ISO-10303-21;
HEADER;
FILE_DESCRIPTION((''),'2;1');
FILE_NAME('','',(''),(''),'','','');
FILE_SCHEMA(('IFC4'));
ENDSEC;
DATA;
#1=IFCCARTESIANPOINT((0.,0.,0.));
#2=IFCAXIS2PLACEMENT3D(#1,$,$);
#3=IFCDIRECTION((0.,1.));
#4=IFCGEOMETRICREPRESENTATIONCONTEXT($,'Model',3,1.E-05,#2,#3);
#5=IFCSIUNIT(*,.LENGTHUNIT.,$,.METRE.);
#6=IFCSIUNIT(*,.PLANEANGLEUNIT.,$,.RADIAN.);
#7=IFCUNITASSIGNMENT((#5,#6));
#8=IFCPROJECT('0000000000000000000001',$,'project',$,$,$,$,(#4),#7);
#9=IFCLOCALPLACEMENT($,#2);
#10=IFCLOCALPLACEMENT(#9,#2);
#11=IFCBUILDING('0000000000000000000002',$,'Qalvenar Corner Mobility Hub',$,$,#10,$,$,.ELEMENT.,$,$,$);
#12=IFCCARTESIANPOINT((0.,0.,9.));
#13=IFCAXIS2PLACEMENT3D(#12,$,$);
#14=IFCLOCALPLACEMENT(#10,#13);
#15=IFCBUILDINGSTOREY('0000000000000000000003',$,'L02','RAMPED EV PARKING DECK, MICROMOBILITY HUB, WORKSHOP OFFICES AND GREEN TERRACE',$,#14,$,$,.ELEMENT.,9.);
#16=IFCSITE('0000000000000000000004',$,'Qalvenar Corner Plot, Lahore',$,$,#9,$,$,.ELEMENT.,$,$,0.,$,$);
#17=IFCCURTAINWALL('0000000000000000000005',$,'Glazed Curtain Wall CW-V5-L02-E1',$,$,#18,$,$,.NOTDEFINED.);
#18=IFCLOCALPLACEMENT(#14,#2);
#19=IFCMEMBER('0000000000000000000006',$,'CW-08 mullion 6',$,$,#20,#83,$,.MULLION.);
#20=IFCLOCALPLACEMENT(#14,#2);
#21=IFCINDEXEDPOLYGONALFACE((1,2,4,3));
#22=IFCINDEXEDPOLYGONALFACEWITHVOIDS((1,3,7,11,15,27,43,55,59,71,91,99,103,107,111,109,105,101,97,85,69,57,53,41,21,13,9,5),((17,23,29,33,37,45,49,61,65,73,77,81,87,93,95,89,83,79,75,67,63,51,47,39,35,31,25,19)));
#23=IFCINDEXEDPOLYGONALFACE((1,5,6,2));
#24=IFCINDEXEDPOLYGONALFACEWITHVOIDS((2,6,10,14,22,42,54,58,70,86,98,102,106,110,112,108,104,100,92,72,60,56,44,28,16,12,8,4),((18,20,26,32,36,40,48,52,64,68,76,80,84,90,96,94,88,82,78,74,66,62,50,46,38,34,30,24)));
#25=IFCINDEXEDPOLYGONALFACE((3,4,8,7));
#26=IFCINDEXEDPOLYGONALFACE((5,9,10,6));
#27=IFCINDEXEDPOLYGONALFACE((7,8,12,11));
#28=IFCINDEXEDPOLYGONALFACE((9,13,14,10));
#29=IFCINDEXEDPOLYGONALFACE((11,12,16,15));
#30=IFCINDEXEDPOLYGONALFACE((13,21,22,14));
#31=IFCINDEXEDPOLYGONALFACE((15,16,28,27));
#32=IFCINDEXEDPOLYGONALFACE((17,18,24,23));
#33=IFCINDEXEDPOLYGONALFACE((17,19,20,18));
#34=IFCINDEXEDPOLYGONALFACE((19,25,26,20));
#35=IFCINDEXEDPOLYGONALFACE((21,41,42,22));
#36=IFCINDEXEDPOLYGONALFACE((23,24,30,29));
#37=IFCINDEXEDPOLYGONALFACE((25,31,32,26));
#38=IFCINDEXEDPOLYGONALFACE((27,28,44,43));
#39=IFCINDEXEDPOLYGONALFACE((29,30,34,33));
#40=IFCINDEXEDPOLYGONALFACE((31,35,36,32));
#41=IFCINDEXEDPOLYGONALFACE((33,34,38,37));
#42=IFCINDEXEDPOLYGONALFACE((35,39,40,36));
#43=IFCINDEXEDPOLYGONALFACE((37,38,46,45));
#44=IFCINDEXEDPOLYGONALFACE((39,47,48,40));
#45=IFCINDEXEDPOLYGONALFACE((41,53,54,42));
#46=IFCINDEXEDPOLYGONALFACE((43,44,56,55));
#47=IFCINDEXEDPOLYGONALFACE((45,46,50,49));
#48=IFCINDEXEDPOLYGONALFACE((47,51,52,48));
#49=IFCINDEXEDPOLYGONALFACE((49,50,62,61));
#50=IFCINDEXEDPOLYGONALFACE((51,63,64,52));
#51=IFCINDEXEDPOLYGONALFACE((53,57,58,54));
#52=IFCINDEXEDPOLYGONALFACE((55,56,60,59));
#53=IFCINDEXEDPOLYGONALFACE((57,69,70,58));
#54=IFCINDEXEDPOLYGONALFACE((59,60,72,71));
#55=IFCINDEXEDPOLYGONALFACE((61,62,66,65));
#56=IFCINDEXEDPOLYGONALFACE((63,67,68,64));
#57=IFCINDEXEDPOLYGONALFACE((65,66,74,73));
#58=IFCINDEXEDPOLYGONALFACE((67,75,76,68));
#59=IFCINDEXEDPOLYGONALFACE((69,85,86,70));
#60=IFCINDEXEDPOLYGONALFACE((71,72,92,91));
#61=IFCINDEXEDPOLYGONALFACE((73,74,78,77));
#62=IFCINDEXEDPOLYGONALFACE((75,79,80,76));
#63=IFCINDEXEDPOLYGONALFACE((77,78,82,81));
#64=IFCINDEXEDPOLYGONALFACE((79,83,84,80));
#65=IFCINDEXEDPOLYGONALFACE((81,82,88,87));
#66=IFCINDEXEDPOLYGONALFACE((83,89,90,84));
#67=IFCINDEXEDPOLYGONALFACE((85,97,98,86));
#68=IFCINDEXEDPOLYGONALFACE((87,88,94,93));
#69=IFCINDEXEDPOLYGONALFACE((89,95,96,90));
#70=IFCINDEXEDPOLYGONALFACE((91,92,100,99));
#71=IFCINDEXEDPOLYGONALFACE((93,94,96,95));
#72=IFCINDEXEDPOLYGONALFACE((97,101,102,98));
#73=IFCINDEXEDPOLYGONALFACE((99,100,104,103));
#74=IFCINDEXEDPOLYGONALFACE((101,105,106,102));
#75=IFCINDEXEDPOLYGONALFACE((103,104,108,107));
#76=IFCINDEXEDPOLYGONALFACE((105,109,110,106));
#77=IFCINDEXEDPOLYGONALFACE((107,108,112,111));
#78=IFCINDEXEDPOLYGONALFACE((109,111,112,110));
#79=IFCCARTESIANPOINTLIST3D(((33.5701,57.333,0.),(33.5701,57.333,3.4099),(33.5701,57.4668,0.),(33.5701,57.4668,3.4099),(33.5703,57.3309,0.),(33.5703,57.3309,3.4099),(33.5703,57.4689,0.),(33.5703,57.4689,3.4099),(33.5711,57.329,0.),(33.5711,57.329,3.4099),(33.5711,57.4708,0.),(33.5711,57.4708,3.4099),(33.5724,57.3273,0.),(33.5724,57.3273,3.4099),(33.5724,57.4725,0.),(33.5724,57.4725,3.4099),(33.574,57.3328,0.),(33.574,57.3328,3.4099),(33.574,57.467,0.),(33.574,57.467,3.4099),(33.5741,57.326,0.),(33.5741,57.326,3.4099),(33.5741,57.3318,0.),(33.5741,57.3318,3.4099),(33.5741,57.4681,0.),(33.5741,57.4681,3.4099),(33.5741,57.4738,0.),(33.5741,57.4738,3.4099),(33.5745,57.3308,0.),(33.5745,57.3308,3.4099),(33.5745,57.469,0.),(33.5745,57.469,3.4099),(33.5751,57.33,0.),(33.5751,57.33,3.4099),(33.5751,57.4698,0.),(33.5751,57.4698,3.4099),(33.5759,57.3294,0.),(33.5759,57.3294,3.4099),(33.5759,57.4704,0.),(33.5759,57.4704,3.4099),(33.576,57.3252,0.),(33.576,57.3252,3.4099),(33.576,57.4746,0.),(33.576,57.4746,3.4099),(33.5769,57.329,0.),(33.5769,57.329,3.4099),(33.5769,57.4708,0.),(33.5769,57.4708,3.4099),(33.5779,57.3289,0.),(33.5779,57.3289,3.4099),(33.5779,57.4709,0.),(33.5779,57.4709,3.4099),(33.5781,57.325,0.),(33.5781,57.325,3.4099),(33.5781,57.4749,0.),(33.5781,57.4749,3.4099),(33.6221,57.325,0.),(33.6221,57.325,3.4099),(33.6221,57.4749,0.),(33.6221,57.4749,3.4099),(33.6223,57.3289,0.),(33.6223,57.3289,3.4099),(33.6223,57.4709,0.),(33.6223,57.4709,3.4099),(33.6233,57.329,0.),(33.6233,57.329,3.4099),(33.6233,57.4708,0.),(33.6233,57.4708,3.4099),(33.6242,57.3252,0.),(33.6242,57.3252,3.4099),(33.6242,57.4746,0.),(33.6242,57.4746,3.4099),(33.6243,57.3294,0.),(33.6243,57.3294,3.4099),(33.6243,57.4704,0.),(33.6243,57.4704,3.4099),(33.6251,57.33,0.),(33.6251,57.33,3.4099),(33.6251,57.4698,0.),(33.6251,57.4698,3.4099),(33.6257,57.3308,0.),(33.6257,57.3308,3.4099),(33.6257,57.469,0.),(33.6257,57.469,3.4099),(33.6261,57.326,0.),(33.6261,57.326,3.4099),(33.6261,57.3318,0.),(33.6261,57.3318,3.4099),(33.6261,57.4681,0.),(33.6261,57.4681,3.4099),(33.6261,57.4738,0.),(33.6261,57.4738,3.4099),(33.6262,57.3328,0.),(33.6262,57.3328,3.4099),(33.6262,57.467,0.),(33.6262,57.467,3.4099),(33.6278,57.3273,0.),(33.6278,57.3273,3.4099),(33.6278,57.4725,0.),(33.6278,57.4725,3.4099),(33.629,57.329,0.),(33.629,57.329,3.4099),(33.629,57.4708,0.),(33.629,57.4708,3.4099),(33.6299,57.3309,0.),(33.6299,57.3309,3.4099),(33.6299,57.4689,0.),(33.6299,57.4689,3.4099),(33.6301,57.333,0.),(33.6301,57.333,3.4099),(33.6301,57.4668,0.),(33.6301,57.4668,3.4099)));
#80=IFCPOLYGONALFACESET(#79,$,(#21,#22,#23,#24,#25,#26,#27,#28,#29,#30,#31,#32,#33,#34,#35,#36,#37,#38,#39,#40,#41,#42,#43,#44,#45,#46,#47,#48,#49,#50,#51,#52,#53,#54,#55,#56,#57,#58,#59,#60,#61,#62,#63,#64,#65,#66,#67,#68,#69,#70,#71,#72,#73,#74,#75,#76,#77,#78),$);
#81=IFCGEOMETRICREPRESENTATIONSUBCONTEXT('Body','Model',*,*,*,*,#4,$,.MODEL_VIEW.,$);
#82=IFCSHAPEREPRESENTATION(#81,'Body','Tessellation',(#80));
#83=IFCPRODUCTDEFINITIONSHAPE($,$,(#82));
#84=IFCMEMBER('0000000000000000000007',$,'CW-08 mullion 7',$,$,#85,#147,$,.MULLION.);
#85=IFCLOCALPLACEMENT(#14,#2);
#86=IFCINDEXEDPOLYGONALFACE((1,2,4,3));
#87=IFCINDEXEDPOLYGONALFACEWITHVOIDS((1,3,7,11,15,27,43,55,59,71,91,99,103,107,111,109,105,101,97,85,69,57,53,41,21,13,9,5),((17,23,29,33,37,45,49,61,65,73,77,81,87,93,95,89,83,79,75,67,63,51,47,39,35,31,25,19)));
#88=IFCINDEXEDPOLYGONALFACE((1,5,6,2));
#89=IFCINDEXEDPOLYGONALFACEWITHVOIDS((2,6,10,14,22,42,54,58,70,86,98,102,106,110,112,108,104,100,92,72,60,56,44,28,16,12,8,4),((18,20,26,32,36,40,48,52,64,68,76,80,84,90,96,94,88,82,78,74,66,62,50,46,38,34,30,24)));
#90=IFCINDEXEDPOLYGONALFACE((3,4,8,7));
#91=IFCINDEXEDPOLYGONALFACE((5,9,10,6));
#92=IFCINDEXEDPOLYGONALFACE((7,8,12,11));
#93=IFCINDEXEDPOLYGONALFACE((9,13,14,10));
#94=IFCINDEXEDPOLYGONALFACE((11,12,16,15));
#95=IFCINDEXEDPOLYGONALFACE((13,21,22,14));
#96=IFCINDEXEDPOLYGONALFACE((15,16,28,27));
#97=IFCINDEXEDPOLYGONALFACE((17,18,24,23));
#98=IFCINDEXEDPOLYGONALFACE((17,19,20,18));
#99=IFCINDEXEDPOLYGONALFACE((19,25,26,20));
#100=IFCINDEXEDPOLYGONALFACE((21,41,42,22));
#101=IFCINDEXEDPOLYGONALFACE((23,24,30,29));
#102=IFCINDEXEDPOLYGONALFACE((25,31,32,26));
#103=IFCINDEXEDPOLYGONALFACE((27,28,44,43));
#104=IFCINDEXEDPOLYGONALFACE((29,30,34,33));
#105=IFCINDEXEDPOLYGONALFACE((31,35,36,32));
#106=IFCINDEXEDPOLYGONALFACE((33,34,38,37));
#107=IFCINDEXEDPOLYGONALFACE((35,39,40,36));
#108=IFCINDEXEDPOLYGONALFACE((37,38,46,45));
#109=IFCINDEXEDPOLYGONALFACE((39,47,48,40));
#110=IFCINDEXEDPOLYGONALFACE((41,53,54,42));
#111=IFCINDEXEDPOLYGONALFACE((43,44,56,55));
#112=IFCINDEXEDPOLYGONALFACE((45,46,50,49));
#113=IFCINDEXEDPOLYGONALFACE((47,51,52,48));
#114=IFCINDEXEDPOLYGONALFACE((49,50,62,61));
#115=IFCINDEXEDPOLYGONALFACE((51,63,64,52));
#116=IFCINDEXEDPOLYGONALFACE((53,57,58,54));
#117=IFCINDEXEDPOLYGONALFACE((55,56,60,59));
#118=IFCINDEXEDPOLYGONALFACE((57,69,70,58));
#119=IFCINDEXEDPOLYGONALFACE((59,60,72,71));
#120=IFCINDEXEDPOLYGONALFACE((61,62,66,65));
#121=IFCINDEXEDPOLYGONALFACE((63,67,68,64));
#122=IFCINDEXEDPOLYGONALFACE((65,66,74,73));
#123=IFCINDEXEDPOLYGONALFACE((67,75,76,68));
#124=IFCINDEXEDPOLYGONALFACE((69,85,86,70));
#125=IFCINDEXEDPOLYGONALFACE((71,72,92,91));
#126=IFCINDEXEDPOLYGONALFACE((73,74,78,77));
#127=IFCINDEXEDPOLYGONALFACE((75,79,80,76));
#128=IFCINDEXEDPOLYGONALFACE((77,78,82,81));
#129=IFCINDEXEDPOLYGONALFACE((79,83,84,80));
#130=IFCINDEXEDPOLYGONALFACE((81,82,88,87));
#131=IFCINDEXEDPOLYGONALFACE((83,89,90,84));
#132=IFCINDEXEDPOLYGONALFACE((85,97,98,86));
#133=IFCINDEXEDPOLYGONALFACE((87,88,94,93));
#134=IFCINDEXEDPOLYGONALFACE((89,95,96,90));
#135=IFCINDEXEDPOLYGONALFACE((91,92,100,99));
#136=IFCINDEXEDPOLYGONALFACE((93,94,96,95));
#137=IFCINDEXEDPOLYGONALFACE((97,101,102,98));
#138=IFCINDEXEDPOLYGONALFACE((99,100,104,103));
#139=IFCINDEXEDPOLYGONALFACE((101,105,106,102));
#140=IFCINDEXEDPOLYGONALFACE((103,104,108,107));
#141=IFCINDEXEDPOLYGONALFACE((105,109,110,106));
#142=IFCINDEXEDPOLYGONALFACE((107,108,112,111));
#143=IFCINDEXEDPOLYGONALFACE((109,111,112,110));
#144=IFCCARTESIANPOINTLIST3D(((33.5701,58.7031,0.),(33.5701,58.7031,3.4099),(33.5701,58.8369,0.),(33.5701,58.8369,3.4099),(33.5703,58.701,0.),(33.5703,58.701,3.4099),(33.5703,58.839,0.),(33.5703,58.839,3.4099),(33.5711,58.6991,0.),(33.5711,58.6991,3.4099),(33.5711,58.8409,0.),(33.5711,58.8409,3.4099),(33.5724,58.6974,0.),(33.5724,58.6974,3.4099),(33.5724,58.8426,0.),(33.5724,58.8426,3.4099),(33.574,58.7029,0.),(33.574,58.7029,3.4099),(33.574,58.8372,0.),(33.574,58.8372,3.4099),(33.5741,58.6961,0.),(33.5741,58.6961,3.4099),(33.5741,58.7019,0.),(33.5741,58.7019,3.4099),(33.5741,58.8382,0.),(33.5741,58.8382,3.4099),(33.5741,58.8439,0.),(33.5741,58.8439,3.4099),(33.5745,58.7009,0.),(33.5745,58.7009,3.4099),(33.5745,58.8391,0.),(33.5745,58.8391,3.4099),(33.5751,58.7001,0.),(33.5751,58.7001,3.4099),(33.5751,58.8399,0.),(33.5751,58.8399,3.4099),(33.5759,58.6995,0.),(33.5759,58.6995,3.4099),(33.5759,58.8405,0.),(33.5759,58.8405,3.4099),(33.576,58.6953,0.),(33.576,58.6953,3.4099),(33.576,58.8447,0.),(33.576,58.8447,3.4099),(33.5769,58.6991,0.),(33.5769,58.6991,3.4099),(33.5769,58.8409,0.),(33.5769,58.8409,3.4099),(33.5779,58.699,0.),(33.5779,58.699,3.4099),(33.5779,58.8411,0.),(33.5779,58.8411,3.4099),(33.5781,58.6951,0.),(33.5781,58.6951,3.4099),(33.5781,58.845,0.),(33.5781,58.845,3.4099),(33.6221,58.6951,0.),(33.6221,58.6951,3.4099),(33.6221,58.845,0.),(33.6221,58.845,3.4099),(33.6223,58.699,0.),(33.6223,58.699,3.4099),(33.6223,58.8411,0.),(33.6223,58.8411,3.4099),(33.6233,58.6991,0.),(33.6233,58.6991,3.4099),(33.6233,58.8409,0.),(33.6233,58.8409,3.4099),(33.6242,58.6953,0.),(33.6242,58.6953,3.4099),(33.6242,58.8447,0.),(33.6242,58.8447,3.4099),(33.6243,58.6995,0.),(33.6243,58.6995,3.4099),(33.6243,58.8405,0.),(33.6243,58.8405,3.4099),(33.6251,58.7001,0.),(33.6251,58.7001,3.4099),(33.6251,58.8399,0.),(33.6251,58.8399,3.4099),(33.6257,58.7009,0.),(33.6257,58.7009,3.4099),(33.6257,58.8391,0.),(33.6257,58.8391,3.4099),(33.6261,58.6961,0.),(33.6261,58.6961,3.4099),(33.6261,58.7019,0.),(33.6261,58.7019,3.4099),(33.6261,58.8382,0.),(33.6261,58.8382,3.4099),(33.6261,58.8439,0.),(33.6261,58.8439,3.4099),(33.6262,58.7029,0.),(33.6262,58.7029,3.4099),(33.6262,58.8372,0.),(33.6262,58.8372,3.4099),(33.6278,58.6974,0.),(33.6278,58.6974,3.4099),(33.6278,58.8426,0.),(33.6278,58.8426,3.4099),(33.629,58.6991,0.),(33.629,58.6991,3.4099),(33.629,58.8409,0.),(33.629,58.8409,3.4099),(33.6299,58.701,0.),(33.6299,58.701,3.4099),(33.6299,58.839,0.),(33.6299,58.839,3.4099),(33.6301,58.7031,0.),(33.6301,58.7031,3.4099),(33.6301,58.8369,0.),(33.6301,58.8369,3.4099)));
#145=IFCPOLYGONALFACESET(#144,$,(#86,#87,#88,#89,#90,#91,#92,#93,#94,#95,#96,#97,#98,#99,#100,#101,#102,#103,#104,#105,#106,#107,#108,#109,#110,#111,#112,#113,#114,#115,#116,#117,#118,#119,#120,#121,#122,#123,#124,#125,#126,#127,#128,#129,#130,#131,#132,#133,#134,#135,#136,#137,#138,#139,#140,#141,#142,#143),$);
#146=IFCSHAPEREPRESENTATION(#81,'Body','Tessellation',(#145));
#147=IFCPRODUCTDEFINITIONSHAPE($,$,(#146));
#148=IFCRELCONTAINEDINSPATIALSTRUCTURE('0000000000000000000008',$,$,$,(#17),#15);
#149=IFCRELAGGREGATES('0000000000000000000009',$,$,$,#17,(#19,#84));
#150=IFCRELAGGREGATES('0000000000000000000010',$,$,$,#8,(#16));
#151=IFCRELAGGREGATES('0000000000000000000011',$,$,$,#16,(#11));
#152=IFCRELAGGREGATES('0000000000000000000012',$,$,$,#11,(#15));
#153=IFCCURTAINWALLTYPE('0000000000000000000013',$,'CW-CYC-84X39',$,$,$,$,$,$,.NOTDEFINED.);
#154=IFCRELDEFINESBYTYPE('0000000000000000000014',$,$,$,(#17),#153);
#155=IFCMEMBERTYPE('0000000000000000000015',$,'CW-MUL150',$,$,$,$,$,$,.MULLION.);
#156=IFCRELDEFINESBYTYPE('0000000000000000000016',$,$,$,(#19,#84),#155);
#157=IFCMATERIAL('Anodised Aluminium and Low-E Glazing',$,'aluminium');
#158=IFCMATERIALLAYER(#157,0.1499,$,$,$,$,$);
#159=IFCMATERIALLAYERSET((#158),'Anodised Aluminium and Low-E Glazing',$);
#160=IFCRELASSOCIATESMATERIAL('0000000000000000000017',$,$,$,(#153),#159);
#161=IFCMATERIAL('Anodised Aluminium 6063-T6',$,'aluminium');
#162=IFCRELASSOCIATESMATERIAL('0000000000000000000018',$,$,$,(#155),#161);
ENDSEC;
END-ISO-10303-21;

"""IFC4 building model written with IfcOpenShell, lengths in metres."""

from ifc_helpers import new_model, si_unit, direction, frame, origin, origin_2d, place, context, subcontext, project, spatial, hollow_rectangle, extrude, material, layer, layer_set, material_profile, profile_set, type_object, element, aggregate, save


model = new_model("IFC4")

# Units and contexts
model_context = context("Model", 3, precision=1e-05, world=origin(), true_north=direction((0.0, 1.0)))
body_context = subcontext(model_context, "Body", "Model", "MODEL_VIEW")
ifc_project = project(units=[si_unit("LENGTHUNIT", "METRE"), si_unit("PLANEANGLEUNIT", "RADIAN")], contexts=[model_context])

# Site, building, storey
site_placement = place(None, origin())
site = spatial("IfcSite", under=ifc_project, at=site_placement, Name="Qalvenar Corner Plot, Lahore", CompositionType="ELEMENT", RefElevation=0.0)
building_placement = place(site_placement, origin())
building = spatial("IfcBuilding", under=site, at=building_placement, Name="Qalvenar Corner Mobility Hub", CompositionType="ELEMENT")
storey_placement = place(building_placement, frame((0.0, 0.0, 9.0)))
storey = spatial("IfcBuildingStorey", under=building, at=storey_placement, Name="L02", Description="RAMPED EV PARKING DECK, MICROMOBILITY HUB, WORKSHOP OFFICES AND GREEN TERRACE", CompositionType="ELEMENT", Elevation=9.0)

# Curtain wall, members
ifc_material_1 = material(Name="Anodised Aluminium and Low-E Glazing", Category="aluminium")
ifc_layer_1 = layer(ifc_material_1, 0.1499)
ifc_layer_set_1 = layer_set([ifc_layer_1], Name="Anodised Aluminium and Low-E Glazing")
curtain_wall_type_1 = type_object("IfcCurtainWallType", Name="CW-CYC-84X39", PredefinedType="NOTDEFINED", material=ifc_layer_set_1)
curtain_wall_1_placement = place(storey_placement, origin())
curtain_wall_1 = element("IfcCurtainWall", 1, at=curtain_wall_1_placement, inside=storey, type_object=curtain_wall_type_1, Name="Glazed Curtain Wall CW-V5-L02-E1", PredefinedType="NOTDEFINED")
ifc_material_2 = material(Name="Anodised Aluminium 6063-T6", Category="aluminium")
ifc_material_profile_1 = material_profile(ifc_material_2, hollow_rectangle(XDim=0.0601, YDim=0.1499, WallThickness=0.0039, InnerFilletRadius=0.0039, OuterFilletRadius=0.0081, at=origin_2d()), Name="RHS150x60x4")
ifc_profile_set_1 = profile_set([ifc_material_profile_1], Name="Anodised Aluminium 6063-T6")
member_type_1 = type_object("IfcMemberType", Name="CW-MUL150", PredefinedType="MULLION", material=ifc_profile_set_1)
member_1_placement = place(storey_placement, frame((33.6001, 57.3999, 0.0), z_axis=(0.0, 0.0, 1.0), x_axis=(-1.0, 0.0, 0.0)))
member_1 = element("IfcMember", 2, at=member_1_placement, type_object=member_type_1, Name="CW-08 mullion 6", PredefinedType="MULLION", context=body_context, shape_type="SweptSolid", body=[
    extrude(hollow_rectangle(XDim=0.0601, YDim=0.1499, WallThickness=0.0039, InnerFilletRadius=0.0039, OuterFilletRadius=0.0081, at=origin_2d()), origin(), (0.0, 0.0, 1.0), 3.4099),
])
member_2_placement = place(storey_placement, frame((33.6001, 58.77, 0.0), z_axis=(0.0, 0.0, 1.0), x_axis=(-1.0, 0.0, 0.0)))
member_2 = element("IfcMember", 3, at=member_2_placement, type_object=member_type_1, Name="CW-08 mullion 7", PredefinedType="MULLION", context=body_context, shape_type="SweptSolid", body=[
    extrude(hollow_rectangle(XDim=0.0601, YDim=0.1499, WallThickness=0.0039, InnerFilletRadius=0.0039, OuterFilletRadius=0.0081, at=origin_2d()), origin(), (0.0, 0.0, 1.0), 3.4099),
])

aggregate(curtain_wall_1, [member_1, member_2])

save(model, "model.ifc")
